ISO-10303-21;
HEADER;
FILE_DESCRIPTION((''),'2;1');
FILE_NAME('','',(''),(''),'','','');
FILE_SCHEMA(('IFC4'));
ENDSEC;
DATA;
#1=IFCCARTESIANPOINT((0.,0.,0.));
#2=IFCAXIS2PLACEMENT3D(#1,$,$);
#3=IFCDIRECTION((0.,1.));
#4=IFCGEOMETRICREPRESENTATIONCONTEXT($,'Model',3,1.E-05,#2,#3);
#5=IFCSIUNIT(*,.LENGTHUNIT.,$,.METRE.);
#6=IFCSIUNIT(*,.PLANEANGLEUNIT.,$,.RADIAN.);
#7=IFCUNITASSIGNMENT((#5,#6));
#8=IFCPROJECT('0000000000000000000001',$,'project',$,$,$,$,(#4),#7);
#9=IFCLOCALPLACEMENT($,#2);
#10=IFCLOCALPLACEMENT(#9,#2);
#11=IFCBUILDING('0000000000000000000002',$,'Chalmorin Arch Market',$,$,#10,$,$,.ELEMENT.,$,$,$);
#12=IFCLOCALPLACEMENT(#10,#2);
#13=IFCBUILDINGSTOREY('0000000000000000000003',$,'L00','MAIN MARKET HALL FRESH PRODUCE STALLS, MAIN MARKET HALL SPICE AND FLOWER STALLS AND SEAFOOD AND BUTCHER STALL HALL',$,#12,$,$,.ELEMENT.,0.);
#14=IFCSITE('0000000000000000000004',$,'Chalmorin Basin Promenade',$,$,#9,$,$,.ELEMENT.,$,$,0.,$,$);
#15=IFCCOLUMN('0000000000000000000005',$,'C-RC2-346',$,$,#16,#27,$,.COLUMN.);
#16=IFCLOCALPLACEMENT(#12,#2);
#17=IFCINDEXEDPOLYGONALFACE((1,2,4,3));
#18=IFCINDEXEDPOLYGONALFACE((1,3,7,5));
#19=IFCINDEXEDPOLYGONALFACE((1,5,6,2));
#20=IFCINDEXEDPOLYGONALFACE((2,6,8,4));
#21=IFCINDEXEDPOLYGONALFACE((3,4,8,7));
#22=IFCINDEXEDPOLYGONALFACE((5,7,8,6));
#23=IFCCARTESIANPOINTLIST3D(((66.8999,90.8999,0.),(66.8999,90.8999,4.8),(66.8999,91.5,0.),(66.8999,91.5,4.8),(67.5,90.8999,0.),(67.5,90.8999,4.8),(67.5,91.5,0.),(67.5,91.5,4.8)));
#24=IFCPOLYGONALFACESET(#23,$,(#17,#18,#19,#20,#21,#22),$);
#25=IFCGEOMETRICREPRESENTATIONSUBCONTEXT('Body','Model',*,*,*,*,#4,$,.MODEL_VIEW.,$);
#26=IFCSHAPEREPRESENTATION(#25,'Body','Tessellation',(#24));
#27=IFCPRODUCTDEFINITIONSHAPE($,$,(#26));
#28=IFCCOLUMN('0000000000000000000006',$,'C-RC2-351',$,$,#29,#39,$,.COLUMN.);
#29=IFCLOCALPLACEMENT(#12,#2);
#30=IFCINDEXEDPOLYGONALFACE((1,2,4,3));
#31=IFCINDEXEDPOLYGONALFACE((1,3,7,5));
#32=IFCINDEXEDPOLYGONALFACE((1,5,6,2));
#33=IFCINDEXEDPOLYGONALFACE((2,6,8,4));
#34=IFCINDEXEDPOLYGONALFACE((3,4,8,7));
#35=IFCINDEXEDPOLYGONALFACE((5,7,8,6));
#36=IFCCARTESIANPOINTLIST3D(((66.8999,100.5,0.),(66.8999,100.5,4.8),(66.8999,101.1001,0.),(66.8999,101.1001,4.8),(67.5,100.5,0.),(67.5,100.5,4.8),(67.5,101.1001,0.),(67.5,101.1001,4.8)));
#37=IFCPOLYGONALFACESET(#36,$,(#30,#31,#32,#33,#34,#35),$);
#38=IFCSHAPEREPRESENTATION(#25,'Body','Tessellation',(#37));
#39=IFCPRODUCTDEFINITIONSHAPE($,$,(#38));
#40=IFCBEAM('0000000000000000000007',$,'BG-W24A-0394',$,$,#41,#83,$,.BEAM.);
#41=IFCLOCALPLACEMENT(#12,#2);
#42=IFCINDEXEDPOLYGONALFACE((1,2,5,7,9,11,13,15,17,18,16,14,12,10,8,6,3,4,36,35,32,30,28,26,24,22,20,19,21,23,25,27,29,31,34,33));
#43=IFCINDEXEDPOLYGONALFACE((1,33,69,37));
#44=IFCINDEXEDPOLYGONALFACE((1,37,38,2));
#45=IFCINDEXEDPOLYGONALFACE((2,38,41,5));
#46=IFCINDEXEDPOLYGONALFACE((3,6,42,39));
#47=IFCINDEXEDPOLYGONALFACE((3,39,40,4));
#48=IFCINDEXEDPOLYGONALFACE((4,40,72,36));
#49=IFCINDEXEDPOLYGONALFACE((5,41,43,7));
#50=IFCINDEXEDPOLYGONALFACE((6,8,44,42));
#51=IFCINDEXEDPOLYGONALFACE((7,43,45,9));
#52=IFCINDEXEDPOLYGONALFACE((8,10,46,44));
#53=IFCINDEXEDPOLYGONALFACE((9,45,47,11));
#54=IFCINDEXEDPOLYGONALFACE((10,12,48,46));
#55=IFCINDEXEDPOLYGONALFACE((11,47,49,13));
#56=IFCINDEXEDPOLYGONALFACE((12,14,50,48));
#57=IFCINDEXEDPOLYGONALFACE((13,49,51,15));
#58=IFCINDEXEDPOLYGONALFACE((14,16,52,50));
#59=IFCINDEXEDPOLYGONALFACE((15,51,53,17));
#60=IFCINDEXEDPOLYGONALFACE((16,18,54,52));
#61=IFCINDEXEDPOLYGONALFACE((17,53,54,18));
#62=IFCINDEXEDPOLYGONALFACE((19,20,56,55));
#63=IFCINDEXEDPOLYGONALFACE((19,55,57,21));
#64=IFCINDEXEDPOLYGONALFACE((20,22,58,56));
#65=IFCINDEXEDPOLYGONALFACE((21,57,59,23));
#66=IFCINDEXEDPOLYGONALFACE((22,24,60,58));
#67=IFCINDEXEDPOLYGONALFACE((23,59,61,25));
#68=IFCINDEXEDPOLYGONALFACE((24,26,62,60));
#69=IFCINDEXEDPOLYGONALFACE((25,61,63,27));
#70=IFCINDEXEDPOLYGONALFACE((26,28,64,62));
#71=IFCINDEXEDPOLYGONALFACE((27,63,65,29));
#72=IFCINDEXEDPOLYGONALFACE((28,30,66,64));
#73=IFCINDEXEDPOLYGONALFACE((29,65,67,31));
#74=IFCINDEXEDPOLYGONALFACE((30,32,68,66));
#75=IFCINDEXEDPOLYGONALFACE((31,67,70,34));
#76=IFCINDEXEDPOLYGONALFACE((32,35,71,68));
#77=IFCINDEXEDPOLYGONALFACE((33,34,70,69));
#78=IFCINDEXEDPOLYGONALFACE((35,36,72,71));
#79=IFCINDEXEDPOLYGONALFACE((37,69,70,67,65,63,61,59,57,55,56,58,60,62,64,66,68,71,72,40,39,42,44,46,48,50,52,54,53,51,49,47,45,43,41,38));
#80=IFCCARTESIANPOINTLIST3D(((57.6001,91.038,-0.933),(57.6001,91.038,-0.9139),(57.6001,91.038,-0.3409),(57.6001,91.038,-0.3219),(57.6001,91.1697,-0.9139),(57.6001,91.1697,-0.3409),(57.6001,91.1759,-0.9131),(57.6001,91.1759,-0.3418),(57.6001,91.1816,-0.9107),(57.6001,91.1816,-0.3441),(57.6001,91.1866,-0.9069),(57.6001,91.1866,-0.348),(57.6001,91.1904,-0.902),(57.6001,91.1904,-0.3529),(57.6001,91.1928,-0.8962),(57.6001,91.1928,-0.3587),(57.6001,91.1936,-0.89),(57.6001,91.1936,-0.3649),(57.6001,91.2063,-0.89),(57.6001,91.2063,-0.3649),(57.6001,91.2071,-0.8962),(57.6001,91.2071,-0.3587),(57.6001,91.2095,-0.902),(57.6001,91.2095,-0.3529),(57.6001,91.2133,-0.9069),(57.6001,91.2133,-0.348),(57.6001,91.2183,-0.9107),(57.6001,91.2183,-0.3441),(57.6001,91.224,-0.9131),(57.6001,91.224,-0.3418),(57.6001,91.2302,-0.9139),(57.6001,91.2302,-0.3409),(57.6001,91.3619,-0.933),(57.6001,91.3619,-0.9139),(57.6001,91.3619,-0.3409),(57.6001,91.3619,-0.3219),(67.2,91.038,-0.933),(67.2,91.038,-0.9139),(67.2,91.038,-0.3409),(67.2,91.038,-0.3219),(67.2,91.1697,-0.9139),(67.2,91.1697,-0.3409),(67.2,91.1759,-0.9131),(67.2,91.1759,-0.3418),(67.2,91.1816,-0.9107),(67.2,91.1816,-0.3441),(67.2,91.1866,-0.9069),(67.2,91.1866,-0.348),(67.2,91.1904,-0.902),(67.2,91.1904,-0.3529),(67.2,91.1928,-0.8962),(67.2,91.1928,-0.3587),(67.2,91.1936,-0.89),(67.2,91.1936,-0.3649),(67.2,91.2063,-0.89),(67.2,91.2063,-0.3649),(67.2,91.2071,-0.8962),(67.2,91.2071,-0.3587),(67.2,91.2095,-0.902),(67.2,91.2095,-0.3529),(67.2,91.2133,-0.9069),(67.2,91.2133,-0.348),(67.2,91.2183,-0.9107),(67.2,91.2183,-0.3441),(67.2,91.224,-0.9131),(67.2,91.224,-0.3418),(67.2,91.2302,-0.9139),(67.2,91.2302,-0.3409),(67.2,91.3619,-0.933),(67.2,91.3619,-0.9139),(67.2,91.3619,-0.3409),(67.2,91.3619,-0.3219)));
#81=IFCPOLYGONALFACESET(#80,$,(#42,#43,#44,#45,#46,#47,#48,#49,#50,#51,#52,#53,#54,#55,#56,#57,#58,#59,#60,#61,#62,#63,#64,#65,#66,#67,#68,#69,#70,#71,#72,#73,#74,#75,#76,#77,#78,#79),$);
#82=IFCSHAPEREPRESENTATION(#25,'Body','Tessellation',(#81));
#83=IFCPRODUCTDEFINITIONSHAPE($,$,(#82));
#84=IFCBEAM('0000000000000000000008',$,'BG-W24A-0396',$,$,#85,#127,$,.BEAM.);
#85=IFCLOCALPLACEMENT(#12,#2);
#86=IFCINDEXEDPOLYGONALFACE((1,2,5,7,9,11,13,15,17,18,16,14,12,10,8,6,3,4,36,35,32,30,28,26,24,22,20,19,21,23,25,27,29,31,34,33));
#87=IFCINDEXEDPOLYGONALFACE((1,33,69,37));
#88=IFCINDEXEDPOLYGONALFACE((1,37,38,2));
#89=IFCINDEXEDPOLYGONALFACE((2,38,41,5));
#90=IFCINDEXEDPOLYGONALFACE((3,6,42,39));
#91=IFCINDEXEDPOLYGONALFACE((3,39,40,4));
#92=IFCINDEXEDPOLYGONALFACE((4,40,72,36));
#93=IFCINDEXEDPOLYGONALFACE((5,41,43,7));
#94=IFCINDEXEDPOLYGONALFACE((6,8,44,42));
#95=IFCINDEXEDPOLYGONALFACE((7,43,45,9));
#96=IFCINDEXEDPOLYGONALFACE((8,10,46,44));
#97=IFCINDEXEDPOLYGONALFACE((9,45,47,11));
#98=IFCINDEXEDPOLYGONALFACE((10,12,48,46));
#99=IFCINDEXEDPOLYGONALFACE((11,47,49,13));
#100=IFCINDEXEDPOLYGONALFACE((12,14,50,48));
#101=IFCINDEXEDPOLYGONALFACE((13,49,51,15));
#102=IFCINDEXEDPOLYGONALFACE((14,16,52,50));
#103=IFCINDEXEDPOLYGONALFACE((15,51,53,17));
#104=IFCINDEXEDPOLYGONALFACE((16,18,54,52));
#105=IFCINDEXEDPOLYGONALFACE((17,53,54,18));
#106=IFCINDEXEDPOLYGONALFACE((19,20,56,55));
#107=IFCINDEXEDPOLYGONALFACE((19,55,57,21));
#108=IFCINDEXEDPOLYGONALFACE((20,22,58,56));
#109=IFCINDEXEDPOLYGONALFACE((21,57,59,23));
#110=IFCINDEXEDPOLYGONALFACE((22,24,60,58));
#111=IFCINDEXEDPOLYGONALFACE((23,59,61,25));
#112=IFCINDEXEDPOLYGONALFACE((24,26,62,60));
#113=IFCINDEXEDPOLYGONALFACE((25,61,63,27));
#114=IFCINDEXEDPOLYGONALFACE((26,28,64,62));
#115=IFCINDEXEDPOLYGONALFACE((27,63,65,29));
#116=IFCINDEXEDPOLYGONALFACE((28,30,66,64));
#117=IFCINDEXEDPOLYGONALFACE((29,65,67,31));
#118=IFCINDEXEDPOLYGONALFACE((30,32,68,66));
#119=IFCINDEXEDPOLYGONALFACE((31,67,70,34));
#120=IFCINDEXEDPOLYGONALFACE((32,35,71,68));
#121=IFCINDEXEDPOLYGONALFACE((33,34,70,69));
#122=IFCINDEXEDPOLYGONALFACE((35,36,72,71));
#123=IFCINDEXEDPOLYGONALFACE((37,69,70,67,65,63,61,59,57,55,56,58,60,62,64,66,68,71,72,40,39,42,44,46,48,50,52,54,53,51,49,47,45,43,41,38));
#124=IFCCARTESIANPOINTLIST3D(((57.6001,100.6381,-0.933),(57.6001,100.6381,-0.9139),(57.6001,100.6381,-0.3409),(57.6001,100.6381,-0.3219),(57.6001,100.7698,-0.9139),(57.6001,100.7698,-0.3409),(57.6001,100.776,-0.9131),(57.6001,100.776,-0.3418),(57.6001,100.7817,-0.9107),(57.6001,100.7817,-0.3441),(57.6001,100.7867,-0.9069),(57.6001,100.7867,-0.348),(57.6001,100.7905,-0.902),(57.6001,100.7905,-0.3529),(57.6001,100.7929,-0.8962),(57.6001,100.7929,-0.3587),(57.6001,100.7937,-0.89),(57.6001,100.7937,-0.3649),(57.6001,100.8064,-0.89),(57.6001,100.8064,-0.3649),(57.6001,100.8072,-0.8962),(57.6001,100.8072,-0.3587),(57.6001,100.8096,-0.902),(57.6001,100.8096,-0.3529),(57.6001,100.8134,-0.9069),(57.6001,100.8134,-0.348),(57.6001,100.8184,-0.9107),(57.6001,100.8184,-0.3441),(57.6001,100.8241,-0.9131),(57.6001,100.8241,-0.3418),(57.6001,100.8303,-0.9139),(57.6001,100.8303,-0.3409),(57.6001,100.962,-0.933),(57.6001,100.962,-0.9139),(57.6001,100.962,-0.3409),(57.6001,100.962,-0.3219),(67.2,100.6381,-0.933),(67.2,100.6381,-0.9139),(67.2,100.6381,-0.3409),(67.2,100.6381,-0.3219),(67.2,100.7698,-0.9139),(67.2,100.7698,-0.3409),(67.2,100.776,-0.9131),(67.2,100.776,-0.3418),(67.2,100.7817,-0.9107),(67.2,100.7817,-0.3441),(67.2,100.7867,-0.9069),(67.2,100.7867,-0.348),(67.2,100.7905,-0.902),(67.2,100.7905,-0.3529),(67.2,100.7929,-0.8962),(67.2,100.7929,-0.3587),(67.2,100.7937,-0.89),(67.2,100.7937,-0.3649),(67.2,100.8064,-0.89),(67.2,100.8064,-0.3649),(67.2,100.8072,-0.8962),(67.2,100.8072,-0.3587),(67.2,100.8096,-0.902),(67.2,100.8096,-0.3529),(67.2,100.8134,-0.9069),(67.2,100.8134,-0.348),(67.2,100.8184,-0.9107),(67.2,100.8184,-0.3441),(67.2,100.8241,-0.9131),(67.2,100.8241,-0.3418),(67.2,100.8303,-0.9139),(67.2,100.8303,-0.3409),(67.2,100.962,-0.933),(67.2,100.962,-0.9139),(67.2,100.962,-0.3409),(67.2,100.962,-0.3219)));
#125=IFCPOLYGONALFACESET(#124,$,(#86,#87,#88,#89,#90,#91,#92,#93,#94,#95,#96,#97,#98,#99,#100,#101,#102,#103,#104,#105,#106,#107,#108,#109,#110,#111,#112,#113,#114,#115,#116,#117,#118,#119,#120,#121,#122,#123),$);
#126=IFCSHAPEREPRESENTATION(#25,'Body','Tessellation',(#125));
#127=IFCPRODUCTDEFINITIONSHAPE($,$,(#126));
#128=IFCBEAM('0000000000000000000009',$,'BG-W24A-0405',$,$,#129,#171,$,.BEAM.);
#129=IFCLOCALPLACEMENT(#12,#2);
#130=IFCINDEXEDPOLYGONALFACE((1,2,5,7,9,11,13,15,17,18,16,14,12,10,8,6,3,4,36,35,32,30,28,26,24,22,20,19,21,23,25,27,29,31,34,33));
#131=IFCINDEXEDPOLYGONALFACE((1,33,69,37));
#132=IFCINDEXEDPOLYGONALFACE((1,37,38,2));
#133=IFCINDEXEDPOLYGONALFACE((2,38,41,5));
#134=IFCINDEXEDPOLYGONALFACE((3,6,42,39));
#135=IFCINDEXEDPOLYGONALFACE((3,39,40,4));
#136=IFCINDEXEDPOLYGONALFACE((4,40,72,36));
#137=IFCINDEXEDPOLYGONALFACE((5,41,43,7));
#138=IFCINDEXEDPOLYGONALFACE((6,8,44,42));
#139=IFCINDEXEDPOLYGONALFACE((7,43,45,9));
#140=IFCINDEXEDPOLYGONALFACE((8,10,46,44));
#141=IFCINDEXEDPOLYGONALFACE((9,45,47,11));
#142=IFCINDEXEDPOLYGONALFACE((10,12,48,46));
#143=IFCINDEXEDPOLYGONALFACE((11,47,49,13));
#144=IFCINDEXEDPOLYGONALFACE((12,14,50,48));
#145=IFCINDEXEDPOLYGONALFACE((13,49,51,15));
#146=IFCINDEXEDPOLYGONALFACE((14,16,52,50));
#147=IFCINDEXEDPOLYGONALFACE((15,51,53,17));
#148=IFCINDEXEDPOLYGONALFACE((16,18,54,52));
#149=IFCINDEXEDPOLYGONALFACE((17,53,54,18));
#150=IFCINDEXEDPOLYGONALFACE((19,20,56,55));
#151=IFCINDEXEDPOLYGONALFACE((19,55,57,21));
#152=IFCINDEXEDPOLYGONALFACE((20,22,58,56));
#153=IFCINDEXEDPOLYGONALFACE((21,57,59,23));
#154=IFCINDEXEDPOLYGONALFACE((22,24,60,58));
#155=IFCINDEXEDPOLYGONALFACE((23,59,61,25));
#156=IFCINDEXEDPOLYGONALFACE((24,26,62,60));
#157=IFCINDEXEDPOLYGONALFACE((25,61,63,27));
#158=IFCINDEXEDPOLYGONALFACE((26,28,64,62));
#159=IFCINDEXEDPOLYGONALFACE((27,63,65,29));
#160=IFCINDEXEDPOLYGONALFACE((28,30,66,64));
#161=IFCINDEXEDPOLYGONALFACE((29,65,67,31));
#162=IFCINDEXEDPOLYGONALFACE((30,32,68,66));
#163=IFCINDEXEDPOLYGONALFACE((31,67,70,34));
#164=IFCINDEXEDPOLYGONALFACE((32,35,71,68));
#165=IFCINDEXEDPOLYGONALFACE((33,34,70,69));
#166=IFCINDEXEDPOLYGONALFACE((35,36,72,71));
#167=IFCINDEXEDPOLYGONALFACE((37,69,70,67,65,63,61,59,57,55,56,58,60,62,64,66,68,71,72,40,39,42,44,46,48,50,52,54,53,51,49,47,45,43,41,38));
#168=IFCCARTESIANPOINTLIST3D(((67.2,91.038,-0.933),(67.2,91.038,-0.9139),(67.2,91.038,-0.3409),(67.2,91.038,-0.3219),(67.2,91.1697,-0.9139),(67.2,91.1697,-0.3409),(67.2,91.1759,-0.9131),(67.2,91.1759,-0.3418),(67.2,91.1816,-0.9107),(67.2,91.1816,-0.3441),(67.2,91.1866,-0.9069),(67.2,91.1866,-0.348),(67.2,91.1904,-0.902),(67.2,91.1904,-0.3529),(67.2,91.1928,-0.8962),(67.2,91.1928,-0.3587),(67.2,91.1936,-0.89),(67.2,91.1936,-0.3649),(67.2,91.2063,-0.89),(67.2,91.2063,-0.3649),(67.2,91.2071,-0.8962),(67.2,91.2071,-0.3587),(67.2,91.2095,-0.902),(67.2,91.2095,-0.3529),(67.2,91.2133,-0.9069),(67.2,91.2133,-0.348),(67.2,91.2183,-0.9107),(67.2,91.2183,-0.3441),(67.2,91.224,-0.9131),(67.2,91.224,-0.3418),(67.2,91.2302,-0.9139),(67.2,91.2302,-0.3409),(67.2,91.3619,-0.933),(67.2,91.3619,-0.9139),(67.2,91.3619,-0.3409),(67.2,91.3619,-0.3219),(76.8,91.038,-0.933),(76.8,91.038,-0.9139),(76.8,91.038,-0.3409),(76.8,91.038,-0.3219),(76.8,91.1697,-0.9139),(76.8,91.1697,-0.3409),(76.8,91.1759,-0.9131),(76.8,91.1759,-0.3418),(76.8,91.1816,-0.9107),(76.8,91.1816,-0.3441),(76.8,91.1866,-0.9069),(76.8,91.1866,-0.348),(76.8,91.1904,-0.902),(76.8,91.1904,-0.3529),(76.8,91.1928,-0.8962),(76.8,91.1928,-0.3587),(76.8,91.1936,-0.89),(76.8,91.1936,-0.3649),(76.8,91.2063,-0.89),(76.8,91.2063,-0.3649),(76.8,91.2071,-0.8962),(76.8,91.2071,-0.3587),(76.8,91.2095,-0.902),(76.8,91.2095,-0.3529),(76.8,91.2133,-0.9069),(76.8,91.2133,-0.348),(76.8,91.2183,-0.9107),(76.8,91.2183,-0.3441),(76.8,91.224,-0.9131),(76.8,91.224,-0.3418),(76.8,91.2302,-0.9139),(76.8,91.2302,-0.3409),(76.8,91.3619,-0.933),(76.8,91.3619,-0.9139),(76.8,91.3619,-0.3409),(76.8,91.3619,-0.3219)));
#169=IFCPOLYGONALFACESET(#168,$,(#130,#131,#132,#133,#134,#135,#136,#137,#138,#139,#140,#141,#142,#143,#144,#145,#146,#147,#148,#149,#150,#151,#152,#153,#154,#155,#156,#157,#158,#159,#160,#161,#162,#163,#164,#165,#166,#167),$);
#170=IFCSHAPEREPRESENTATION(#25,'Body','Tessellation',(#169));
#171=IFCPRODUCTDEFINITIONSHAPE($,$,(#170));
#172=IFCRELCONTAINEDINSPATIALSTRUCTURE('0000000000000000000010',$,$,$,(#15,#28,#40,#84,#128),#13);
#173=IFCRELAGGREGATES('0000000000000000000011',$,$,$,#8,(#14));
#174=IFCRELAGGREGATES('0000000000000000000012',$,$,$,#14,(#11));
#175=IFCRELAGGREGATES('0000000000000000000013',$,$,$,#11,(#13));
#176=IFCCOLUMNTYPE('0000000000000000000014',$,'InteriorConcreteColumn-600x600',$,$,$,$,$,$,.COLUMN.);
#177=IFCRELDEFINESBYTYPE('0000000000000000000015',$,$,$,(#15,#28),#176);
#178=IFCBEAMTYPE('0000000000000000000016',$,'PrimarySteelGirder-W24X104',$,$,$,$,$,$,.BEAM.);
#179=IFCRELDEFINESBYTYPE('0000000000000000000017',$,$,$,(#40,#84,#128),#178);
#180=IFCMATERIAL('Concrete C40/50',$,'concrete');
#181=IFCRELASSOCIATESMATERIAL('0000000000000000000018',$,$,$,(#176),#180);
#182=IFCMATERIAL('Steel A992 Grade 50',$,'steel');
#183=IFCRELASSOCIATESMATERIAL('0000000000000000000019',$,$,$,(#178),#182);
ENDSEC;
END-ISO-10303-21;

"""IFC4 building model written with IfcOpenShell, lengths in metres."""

from ifc_helpers import new_model, si_unit, direction, frame, origin, origin_2d, place, context, subcontext, project, spatial, rectangle, i_section, extrude, material, material_profile, profile_set, type_object, element, save


model = new_model("IFC4")

# Units and contexts
model_context = context("Model", 3, precision=1e-05, world=origin(), true_north=direction((0.0, 1.0)))
body_context = subcontext(model_context, "Body", "Model", "MODEL_VIEW")
ifc_project = project(units=[si_unit("LENGTHUNIT", "METRE"), si_unit("PLANEANGLEUNIT", "RADIAN")], contexts=[model_context])

# Site, building, storey
site_placement = place(None, origin())
site = spatial("IfcSite", under=ifc_project, at=site_placement, Name="Chalmorin Basin Promenade", CompositionType="ELEMENT", RefElevation=0.0)
building_placement = place(site_placement, origin())
building = spatial("IfcBuilding", under=site, at=building_placement, Name="Chalmorin Arch Market", CompositionType="ELEMENT")
storey_placement = place(building_placement, origin())
storey = spatial("IfcBuildingStorey", under=building, at=storey_placement, Name="L00", Description="MAIN MARKET HALL FRESH PRODUCE STALLS, MAIN MARKET HALL SPICE AND FLOWER STALLS AND SEAFOOD AND BUTCHER STALL HALL", CompositionType="ELEMENT", Elevation=0.0)

# Columns
ifc_material_1 = material(Name="Concrete C40/50", Category="concrete")
ifc_material_profile_1 = material_profile(ifc_material_1, rectangle(XDim=0.6001, YDim=0.6001, at=origin_2d()), Name="RC600X600")
ifc_profile_set_1 = profile_set([ifc_material_profile_1], Name="Concrete C40/50")
column_type = type_object("IfcColumnType", Name="InteriorConcreteColumn-600x600", PredefinedType="COLUMN", material=ifc_profile_set_1)
for number, where, z_axis, x_axis, name in (
    (1, (67.2, 91.2, 0.0), (0.0, 0.0, 1.0), (1.0, 0.0, 0.0), "C-RC2-346"),
    (2, (67.2, 100.8, 0.0), (0.0, 0.0, 1.0), (1.0, 0.0, 0.0), "C-RC2-351"),
):
    element("IfcColumn", number, at=place(storey_placement, frame(where, z_axis=z_axis, x_axis=x_axis)), inside=storey, type_object=column_type, Name=name, PredefinedType="COLUMN", context=body_context, shape_type="SweptSolid", body=[
        extrude(rectangle(XDim=0.6001, YDim=0.6001, at=origin_2d()), origin(), (0.0, 0.0, 1.0), 4.8),
    ])

# Beams
ifc_material_2 = material(Name="Steel A992 Grade 50", Category="steel")
ifc_material_profile_2 = material_profile(ifc_material_2, i_section(OverallWidth=0.324, OverallDepth=0.6111, WebThickness=0.0127, FlangeThickness=0.019, FilletRadius=0.0239, at=origin_2d()), Name="W24X104")
ifc_profile_set_2 = profile_set([ifc_material_profile_2], Name="Steel A992 Grade 50")
beam_type_1 = type_object("IfcBeamType", Name="PrimarySteelGirder-W24X104", PredefinedType="BEAM", material=ifc_profile_set_2)
for number, where, z_axis, x_axis, name in (
    (3, (57.6001, 91.2, -0.6274), (1.0, 0.0, 0.0), (0.0, 1.0, 0.0), "BG-W24A-0394"),
    (4, (57.6001, 100.8, -0.6274), (1.0, 0.0, 0.0), (0.0, 1.0, 0.0), "BG-W24A-0396"),
):
    element("IfcBeam", number, at=place(storey_placement, frame(where, z_axis=z_axis, x_axis=x_axis)), inside=storey, type_object=beam_type_1, Name=name, PredefinedType="BEAM", context=body_context, shape_type="SweptSolid", body=[
        extrude(i_section(OverallWidth=0.324, OverallDepth=0.6111, WebThickness=0.0127, FlangeThickness=0.019, FilletRadius=0.0239, at=origin_2d()), origin(), (0.0, 0.0, 1.0), 9.5999),
    ])
for number, where, z_axis, x_axis, name in (
    (5, (67.2, 91.2, -0.6274), (1.0, 0.0, 0.0), (0.0, 1.0, 0.0), "BG-W24A-0405"),
):
    element("IfcBeam", number, at=place(storey_placement, frame(where, z_axis=z_axis, x_axis=x_axis)), inside=storey, type_object=beam_type_1, Name=name, PredefinedType="BEAM", context=body_context, shape_type="SweptSolid", body=[
        extrude(i_section(OverallWidth=0.324, OverallDepth=0.6111, WebThickness=0.0127, FlangeThickness=0.019, FilletRadius=0.0239, at=origin_2d()), origin(), (0.0, 0.0, 1.0), 9.6001),
    ])

save(model, "model.ifc")
